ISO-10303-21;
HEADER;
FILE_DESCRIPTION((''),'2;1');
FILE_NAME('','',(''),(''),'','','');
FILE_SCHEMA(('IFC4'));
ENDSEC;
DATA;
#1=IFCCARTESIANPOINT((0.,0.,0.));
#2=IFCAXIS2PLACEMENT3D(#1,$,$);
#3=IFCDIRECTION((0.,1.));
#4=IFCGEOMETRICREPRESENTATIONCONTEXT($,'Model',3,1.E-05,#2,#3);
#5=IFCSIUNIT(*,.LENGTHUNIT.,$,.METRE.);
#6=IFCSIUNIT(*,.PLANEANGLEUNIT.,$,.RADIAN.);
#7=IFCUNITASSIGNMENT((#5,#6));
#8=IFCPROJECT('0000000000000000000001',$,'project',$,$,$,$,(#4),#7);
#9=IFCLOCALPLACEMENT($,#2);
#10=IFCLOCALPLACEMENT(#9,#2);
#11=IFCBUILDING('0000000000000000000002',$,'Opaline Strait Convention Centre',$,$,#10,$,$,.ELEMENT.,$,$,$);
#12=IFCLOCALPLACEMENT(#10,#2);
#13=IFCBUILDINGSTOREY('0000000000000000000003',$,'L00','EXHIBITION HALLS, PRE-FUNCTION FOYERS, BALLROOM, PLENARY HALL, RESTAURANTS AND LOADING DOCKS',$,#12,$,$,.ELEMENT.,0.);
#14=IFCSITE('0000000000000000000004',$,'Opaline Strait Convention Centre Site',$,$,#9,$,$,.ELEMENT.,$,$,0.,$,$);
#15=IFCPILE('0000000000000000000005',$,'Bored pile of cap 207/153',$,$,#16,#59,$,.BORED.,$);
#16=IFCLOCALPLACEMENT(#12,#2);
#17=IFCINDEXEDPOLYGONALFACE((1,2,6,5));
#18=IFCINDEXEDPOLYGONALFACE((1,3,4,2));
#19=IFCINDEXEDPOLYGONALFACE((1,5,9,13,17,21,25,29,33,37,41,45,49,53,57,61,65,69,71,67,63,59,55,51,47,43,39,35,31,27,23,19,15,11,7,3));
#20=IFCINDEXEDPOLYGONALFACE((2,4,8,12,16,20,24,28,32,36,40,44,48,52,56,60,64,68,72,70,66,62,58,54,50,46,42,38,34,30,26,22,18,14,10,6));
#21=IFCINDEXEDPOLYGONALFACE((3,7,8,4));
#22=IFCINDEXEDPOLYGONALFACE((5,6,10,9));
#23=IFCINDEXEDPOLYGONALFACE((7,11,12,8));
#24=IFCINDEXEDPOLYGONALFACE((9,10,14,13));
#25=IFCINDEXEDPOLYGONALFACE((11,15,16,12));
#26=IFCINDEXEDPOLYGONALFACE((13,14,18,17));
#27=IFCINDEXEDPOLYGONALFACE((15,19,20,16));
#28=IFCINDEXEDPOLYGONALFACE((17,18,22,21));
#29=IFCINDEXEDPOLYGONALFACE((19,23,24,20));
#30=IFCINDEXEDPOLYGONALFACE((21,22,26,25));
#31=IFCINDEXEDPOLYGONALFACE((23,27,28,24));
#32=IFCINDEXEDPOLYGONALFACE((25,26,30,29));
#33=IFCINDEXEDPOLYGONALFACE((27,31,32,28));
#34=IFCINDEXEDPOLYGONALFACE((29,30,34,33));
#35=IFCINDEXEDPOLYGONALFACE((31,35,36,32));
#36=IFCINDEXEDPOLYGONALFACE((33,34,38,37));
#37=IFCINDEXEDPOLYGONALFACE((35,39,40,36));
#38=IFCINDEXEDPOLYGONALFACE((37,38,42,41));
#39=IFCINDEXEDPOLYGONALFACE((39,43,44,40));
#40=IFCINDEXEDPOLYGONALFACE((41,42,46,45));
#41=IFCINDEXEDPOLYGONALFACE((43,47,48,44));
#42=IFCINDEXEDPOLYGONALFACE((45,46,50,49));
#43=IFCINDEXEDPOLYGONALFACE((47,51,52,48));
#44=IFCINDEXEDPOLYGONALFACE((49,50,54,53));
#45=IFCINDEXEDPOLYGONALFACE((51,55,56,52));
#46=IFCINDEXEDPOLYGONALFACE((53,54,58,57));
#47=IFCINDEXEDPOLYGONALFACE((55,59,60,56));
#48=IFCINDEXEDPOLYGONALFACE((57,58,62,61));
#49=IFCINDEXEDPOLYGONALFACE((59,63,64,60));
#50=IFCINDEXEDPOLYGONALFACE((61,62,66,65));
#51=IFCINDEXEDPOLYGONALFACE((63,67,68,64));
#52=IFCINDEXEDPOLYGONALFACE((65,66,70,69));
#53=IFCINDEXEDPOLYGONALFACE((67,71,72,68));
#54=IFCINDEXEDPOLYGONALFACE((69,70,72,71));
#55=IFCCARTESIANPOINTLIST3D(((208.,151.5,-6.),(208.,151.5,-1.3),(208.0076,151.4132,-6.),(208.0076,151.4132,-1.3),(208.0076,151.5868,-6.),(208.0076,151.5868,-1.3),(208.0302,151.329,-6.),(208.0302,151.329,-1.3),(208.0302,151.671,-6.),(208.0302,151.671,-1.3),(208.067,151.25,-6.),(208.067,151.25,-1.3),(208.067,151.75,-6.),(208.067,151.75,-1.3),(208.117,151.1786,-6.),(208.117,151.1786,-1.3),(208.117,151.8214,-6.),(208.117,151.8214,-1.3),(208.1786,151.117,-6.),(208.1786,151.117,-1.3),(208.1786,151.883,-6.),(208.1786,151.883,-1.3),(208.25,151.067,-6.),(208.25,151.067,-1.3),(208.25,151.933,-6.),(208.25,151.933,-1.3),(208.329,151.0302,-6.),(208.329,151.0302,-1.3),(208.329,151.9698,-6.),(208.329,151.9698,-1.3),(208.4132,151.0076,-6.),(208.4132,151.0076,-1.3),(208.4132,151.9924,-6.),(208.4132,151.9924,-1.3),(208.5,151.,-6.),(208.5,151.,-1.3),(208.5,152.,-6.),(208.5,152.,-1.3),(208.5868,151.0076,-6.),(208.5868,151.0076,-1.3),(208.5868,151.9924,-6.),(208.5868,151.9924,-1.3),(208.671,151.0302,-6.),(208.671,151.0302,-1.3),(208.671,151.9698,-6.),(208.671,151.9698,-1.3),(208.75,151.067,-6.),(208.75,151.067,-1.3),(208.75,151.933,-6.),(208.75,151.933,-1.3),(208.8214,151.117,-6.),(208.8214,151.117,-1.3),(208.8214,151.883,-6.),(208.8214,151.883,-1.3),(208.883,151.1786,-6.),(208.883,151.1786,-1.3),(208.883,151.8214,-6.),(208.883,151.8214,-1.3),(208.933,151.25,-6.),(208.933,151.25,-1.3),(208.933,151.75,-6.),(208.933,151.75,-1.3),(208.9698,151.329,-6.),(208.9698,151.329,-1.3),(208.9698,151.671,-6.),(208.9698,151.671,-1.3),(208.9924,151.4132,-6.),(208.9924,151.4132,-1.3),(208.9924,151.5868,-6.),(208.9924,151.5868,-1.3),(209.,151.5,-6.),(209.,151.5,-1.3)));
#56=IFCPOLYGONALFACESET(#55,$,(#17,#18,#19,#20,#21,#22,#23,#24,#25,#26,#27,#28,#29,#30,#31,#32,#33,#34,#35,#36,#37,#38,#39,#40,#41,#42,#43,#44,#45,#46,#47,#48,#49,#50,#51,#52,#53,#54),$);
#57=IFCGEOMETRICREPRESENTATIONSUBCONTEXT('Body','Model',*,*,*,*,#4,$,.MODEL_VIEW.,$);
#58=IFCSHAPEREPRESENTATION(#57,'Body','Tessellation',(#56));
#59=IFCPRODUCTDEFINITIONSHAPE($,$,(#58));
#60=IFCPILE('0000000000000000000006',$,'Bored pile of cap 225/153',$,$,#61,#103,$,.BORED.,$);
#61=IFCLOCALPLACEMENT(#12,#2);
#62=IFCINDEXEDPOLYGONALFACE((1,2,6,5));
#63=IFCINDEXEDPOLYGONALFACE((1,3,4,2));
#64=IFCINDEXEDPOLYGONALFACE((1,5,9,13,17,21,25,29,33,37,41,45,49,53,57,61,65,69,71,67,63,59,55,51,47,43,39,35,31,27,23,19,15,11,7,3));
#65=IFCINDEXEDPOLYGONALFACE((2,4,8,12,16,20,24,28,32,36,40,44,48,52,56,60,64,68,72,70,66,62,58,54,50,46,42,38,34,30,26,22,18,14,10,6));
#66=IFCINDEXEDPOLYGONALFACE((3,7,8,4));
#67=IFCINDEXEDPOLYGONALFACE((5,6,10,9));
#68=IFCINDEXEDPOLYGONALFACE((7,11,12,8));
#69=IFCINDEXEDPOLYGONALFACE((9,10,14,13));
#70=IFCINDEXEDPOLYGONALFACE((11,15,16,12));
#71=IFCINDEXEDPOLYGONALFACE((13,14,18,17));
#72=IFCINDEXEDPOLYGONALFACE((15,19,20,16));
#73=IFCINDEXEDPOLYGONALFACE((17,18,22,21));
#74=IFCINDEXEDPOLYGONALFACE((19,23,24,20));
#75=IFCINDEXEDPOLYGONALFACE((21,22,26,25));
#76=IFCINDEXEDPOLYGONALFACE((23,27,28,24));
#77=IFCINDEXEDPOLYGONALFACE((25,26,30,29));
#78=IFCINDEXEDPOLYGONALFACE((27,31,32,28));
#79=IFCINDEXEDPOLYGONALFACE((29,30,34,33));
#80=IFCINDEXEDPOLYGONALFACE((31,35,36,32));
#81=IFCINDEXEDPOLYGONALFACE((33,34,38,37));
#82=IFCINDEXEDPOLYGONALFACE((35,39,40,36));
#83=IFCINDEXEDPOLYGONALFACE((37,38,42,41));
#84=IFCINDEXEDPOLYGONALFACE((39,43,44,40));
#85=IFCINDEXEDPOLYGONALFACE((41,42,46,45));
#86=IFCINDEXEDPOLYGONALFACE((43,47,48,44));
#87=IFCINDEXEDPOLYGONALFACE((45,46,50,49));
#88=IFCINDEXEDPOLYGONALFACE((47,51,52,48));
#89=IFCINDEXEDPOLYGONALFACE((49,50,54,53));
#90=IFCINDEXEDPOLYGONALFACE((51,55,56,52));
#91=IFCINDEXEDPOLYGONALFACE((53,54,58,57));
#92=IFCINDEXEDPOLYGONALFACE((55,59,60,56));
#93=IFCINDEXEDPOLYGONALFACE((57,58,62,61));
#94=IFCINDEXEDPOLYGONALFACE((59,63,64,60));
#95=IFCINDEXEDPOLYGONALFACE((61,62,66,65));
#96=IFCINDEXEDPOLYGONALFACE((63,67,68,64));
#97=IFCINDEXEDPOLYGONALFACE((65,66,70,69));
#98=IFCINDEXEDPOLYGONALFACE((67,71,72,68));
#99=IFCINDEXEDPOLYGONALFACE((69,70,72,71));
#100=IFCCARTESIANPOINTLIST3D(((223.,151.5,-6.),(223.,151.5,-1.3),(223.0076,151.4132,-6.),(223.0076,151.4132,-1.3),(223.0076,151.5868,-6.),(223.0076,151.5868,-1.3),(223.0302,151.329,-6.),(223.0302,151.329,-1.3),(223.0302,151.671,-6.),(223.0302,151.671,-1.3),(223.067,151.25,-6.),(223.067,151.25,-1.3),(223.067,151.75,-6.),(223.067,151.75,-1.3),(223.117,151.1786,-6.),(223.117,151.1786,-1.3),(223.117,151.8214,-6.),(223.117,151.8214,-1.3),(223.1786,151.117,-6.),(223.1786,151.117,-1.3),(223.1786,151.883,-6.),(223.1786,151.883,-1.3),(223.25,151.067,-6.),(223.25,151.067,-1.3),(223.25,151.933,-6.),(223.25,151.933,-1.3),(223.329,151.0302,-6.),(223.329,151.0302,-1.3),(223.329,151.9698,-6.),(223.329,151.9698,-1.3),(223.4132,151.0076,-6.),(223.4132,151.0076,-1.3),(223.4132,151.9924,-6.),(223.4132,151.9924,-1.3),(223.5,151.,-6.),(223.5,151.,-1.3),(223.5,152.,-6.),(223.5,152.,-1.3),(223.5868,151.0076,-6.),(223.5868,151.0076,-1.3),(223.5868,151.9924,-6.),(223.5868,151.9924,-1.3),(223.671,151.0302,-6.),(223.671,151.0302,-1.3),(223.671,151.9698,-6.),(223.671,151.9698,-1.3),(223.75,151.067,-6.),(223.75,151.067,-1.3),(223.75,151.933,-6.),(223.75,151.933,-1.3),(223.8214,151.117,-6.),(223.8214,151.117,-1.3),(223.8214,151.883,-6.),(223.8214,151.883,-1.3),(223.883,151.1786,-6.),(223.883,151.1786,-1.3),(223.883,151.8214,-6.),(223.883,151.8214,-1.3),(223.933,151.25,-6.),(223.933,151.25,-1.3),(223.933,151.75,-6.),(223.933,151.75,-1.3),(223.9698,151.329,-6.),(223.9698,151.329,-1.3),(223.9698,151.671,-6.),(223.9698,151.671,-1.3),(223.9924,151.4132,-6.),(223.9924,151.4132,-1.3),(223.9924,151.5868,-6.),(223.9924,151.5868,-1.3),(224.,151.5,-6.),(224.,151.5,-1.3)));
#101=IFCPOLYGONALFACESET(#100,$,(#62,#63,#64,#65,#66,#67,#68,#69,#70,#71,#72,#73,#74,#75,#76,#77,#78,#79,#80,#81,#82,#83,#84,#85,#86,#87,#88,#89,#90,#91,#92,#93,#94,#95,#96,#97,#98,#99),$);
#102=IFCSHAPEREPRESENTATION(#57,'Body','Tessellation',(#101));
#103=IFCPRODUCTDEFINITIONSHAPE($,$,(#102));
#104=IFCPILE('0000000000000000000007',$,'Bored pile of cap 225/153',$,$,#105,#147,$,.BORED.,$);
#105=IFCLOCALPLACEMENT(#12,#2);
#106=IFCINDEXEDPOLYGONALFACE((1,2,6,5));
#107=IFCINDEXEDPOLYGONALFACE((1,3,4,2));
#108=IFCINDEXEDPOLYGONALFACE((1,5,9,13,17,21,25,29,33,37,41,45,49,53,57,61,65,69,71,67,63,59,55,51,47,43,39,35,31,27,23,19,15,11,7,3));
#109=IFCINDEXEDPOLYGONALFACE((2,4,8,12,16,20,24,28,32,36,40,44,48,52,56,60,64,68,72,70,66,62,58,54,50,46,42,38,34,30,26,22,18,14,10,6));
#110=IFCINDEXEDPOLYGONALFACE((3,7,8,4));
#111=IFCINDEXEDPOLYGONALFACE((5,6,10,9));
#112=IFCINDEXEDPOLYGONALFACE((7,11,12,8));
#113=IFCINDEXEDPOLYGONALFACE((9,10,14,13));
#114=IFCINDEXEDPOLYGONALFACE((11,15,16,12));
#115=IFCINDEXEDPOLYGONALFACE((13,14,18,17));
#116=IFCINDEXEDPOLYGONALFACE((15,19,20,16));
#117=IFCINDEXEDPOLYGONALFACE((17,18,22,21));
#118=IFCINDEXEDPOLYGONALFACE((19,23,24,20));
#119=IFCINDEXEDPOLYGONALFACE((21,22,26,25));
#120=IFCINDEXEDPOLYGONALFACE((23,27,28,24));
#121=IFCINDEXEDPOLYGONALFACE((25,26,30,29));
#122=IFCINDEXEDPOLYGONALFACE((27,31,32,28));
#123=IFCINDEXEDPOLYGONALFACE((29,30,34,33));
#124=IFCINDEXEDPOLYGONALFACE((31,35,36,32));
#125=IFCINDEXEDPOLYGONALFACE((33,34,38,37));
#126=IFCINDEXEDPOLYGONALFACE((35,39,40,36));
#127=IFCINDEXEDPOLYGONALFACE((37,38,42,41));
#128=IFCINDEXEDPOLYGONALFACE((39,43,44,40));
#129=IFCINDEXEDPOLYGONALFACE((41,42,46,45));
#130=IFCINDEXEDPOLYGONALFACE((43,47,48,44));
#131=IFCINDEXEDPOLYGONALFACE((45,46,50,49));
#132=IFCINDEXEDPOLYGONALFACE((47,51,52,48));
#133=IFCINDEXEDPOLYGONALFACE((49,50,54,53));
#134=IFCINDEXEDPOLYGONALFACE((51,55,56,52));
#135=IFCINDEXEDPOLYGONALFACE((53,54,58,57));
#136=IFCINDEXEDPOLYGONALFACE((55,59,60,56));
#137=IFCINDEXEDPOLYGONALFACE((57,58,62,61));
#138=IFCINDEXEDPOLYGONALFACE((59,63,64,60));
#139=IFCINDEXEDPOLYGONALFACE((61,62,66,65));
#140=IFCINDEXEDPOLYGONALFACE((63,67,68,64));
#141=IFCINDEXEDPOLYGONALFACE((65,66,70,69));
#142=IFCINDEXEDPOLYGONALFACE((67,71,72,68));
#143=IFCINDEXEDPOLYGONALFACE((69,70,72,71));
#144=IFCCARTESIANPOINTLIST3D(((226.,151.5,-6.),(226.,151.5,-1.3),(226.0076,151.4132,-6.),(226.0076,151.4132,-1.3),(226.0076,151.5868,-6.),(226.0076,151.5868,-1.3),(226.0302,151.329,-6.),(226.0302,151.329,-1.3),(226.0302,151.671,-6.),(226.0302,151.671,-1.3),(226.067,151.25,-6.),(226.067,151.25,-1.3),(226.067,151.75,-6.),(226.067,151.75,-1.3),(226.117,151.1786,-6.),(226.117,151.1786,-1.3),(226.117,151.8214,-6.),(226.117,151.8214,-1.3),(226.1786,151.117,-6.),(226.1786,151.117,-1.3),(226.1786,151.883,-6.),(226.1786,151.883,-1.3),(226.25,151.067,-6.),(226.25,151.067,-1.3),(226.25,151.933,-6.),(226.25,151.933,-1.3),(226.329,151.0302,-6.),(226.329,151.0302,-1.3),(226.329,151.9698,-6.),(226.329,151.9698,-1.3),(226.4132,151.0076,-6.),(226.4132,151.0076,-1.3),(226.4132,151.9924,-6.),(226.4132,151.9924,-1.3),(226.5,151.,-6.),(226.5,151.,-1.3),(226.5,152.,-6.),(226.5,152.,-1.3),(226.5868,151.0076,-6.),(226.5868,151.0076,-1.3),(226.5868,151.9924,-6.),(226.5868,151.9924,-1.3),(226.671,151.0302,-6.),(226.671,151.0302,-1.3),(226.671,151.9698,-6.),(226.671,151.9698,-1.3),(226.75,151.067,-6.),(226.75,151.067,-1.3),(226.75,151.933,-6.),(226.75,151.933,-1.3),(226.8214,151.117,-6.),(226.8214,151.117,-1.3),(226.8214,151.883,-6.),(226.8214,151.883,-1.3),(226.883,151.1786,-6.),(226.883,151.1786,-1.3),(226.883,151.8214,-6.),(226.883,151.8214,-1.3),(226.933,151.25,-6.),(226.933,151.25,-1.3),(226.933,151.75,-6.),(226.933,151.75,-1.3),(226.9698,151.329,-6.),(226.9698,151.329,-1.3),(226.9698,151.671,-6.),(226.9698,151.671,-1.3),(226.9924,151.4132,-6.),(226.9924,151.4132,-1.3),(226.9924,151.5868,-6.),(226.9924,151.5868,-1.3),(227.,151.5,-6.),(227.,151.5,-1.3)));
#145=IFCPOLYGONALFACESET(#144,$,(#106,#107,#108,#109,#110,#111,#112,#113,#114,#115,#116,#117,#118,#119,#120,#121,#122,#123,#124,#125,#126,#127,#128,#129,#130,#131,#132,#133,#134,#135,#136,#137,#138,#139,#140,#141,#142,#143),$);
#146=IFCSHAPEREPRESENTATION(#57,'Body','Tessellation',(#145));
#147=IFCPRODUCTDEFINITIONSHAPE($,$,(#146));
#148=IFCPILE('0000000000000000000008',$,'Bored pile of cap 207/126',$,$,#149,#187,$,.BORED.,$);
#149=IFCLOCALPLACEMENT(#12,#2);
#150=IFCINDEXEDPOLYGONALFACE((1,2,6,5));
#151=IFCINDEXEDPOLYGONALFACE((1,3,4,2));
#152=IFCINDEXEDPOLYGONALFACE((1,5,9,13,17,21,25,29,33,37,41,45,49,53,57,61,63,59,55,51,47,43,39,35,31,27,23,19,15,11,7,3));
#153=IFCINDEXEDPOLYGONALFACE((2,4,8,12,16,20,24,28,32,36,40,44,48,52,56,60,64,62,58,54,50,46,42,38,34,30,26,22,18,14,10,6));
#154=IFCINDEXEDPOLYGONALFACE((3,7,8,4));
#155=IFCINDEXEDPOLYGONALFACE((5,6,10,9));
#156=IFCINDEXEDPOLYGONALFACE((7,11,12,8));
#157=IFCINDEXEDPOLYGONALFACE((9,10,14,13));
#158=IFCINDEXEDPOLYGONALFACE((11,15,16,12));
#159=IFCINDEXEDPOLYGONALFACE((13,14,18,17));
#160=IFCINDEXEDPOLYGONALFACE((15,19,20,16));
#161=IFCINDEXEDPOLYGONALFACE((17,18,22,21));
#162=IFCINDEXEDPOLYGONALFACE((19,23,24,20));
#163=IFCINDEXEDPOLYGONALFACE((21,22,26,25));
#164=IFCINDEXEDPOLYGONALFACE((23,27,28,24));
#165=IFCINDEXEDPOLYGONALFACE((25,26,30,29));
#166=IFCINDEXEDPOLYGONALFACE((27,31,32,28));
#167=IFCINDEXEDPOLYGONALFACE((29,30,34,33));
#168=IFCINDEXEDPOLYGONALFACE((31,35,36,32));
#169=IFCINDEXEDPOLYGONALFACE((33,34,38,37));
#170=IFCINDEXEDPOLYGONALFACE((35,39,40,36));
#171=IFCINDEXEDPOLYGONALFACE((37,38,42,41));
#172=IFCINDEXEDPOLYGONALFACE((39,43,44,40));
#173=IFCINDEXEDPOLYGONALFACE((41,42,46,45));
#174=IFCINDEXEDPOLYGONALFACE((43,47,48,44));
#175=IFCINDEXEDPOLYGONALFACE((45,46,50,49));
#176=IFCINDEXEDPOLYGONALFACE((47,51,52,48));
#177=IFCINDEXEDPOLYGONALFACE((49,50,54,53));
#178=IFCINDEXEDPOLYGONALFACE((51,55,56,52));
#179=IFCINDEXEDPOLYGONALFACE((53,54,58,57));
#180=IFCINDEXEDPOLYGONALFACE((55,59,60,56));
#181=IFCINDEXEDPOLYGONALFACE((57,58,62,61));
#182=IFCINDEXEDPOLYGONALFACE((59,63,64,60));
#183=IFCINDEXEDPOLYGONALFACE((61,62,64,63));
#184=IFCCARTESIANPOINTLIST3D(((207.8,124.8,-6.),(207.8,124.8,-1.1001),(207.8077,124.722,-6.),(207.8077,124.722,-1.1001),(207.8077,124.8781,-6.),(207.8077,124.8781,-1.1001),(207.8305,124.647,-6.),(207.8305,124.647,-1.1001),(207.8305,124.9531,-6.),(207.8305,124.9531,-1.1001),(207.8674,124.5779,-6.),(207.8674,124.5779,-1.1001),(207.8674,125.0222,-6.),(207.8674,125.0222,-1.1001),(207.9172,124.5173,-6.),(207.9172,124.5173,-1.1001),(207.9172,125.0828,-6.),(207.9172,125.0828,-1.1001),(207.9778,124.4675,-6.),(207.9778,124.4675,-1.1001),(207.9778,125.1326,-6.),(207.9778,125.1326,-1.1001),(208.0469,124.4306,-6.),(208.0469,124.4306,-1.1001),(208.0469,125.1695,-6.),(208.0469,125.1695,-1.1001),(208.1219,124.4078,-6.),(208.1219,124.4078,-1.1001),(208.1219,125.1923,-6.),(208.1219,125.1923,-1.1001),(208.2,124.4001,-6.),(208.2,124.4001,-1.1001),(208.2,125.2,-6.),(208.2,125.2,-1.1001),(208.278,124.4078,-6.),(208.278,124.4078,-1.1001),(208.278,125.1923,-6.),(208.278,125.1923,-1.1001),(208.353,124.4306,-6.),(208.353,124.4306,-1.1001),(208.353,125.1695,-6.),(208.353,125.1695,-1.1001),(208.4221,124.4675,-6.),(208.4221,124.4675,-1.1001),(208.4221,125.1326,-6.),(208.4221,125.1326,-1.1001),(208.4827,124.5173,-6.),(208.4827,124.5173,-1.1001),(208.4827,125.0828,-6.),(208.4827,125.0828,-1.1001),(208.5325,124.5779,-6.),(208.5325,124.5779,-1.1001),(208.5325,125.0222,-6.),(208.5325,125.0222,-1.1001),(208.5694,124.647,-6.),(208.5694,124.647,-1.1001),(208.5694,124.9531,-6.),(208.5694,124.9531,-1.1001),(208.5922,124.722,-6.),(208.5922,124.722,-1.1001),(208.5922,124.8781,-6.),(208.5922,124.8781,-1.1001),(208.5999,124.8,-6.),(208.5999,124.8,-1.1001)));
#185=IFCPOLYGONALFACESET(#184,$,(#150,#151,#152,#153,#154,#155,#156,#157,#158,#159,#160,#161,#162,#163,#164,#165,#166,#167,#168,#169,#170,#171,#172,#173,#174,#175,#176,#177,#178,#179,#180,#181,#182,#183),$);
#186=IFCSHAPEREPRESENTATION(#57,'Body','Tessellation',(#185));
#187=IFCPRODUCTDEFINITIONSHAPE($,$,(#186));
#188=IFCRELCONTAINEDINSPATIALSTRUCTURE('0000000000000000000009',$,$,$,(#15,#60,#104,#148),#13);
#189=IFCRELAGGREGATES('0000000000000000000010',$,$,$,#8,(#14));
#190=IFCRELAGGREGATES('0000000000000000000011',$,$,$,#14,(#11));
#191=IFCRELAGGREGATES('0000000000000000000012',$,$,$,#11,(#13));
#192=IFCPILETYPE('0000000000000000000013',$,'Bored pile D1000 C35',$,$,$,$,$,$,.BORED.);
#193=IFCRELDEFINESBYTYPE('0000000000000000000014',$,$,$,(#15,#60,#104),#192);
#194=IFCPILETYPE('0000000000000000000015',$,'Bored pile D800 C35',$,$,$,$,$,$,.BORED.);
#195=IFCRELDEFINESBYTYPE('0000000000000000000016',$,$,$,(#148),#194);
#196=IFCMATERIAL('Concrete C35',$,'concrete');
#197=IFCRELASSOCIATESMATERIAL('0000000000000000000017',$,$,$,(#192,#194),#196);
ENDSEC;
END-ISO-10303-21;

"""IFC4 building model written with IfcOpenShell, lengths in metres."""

from ifc_helpers import new_model, si_unit, direction, frame, origin, origin_2d, place, context, subcontext, project, spatial, circle, extrude, material, material_profile, profile_set, type_object, element, save


model = new_model("IFC4")

# Units and contexts
model_context = context("Model", 3, precision=1e-05, world=origin(), true_north=direction((0.0, 1.0)))
body_context = subcontext(model_context, "Body", "Model", "MODEL_VIEW")
ifc_project = project(units=[si_unit("LENGTHUNIT", "METRE"), si_unit("PLANEANGLEUNIT", "RADIAN")], contexts=[model_context])

# Site, building, storey
site_placement = place(None, origin())
site = spatial("IfcSite", under=ifc_project, at=site_placement, Name="Opaline Strait Convention Centre Site", CompositionType="ELEMENT", RefElevation=0.0)
building_placement = place(site_placement, origin())
building = spatial("IfcBuilding", under=site, at=building_placement, Name="Opaline Strait Convention Centre", CompositionType="ELEMENT")
storey_placement = place(building_placement, origin())
storey = spatial("IfcBuildingStorey", under=building, at=storey_placement, Name="L00", Description="EXHIBITION HALLS, PRE-FUNCTION FOYERS, BALLROOM, PLENARY HALL, RESTAURANTS AND LOADING DOCKS", CompositionType="ELEMENT", Elevation=0.0)

# Piles
ifc_material_1 = material(Name="Concrete C35", Category="concrete")
ifc_material_profile_1 = material_profile(ifc_material_1, circle(Radius=0.5, at=origin_2d()), Name="D1000")
ifc_profile_set_1 = profile_set([ifc_material_profile_1], Name="Concrete C35")
pile_type_1 = type_object("IfcPileType", Name="Bored pile D1000 C35", PredefinedType="BORED", material=ifc_profile_set_1)
for number, where, z_axis, x_axis, name in (
    (1, (208.5, 151.5, -1.3), (0.0, 0.0, -1.0), (1.0, 0.0, 0.0), "Bored pile of cap 207/153"),
    (2, (223.5, 151.5, -1.3), (0.0, 0.0, -1.0), (1.0, 0.0, 0.0), "Bored pile of cap 225/153"),
    (3, (226.5, 151.5, -1.3), (0.0, 0.0, -1.0), (1.0, 0.0, 0.0), "Bored pile of cap 225/153"),
):
    element("IfcPile", number, at=place(storey_placement, frame(where, z_axis=z_axis, x_axis=x_axis)), inside=storey, type_object=pile_type_1, Name=name, PredefinedType="BORED", context=body_context, shape_type="SweptSolid", body=[
        extrude(circle(Radius=0.5, at=origin_2d()), origin(), (0.0, 0.0, 1.0), 4.7),
    ])
ifc_material_profile_2 = material_profile(ifc_material_1, circle(Radius=0.3999, at=origin_2d()), Name="D800")
ifc_profile_set_2 = profile_set([ifc_material_profile_2], Name="Concrete C35")
pile_type_2 = type_object("IfcPileType", Name="Bored pile D800 C35", PredefinedType="BORED", material=ifc_profile_set_2)
for number, where, z_axis, x_axis, name in (
    (4, (208.2, 124.8, -1.1001), (0.0, 0.0, -1.0), (1.0, 0.0, 0.0), "Bored pile of cap 207/126"),
):
    element("IfcPile", number, at=place(storey_placement, frame(where, z_axis=z_axis, x_axis=x_axis)), inside=storey, type_object=pile_type_2, Name=name, PredefinedType="BORED", context=body_context, shape_type="SweptSolid", body=[
        extrude(circle(Radius=0.3999, at=origin_2d()), origin(), (0.0, 0.0, 1.0), 4.8999),
    ])

save(model, "model.ifc")
